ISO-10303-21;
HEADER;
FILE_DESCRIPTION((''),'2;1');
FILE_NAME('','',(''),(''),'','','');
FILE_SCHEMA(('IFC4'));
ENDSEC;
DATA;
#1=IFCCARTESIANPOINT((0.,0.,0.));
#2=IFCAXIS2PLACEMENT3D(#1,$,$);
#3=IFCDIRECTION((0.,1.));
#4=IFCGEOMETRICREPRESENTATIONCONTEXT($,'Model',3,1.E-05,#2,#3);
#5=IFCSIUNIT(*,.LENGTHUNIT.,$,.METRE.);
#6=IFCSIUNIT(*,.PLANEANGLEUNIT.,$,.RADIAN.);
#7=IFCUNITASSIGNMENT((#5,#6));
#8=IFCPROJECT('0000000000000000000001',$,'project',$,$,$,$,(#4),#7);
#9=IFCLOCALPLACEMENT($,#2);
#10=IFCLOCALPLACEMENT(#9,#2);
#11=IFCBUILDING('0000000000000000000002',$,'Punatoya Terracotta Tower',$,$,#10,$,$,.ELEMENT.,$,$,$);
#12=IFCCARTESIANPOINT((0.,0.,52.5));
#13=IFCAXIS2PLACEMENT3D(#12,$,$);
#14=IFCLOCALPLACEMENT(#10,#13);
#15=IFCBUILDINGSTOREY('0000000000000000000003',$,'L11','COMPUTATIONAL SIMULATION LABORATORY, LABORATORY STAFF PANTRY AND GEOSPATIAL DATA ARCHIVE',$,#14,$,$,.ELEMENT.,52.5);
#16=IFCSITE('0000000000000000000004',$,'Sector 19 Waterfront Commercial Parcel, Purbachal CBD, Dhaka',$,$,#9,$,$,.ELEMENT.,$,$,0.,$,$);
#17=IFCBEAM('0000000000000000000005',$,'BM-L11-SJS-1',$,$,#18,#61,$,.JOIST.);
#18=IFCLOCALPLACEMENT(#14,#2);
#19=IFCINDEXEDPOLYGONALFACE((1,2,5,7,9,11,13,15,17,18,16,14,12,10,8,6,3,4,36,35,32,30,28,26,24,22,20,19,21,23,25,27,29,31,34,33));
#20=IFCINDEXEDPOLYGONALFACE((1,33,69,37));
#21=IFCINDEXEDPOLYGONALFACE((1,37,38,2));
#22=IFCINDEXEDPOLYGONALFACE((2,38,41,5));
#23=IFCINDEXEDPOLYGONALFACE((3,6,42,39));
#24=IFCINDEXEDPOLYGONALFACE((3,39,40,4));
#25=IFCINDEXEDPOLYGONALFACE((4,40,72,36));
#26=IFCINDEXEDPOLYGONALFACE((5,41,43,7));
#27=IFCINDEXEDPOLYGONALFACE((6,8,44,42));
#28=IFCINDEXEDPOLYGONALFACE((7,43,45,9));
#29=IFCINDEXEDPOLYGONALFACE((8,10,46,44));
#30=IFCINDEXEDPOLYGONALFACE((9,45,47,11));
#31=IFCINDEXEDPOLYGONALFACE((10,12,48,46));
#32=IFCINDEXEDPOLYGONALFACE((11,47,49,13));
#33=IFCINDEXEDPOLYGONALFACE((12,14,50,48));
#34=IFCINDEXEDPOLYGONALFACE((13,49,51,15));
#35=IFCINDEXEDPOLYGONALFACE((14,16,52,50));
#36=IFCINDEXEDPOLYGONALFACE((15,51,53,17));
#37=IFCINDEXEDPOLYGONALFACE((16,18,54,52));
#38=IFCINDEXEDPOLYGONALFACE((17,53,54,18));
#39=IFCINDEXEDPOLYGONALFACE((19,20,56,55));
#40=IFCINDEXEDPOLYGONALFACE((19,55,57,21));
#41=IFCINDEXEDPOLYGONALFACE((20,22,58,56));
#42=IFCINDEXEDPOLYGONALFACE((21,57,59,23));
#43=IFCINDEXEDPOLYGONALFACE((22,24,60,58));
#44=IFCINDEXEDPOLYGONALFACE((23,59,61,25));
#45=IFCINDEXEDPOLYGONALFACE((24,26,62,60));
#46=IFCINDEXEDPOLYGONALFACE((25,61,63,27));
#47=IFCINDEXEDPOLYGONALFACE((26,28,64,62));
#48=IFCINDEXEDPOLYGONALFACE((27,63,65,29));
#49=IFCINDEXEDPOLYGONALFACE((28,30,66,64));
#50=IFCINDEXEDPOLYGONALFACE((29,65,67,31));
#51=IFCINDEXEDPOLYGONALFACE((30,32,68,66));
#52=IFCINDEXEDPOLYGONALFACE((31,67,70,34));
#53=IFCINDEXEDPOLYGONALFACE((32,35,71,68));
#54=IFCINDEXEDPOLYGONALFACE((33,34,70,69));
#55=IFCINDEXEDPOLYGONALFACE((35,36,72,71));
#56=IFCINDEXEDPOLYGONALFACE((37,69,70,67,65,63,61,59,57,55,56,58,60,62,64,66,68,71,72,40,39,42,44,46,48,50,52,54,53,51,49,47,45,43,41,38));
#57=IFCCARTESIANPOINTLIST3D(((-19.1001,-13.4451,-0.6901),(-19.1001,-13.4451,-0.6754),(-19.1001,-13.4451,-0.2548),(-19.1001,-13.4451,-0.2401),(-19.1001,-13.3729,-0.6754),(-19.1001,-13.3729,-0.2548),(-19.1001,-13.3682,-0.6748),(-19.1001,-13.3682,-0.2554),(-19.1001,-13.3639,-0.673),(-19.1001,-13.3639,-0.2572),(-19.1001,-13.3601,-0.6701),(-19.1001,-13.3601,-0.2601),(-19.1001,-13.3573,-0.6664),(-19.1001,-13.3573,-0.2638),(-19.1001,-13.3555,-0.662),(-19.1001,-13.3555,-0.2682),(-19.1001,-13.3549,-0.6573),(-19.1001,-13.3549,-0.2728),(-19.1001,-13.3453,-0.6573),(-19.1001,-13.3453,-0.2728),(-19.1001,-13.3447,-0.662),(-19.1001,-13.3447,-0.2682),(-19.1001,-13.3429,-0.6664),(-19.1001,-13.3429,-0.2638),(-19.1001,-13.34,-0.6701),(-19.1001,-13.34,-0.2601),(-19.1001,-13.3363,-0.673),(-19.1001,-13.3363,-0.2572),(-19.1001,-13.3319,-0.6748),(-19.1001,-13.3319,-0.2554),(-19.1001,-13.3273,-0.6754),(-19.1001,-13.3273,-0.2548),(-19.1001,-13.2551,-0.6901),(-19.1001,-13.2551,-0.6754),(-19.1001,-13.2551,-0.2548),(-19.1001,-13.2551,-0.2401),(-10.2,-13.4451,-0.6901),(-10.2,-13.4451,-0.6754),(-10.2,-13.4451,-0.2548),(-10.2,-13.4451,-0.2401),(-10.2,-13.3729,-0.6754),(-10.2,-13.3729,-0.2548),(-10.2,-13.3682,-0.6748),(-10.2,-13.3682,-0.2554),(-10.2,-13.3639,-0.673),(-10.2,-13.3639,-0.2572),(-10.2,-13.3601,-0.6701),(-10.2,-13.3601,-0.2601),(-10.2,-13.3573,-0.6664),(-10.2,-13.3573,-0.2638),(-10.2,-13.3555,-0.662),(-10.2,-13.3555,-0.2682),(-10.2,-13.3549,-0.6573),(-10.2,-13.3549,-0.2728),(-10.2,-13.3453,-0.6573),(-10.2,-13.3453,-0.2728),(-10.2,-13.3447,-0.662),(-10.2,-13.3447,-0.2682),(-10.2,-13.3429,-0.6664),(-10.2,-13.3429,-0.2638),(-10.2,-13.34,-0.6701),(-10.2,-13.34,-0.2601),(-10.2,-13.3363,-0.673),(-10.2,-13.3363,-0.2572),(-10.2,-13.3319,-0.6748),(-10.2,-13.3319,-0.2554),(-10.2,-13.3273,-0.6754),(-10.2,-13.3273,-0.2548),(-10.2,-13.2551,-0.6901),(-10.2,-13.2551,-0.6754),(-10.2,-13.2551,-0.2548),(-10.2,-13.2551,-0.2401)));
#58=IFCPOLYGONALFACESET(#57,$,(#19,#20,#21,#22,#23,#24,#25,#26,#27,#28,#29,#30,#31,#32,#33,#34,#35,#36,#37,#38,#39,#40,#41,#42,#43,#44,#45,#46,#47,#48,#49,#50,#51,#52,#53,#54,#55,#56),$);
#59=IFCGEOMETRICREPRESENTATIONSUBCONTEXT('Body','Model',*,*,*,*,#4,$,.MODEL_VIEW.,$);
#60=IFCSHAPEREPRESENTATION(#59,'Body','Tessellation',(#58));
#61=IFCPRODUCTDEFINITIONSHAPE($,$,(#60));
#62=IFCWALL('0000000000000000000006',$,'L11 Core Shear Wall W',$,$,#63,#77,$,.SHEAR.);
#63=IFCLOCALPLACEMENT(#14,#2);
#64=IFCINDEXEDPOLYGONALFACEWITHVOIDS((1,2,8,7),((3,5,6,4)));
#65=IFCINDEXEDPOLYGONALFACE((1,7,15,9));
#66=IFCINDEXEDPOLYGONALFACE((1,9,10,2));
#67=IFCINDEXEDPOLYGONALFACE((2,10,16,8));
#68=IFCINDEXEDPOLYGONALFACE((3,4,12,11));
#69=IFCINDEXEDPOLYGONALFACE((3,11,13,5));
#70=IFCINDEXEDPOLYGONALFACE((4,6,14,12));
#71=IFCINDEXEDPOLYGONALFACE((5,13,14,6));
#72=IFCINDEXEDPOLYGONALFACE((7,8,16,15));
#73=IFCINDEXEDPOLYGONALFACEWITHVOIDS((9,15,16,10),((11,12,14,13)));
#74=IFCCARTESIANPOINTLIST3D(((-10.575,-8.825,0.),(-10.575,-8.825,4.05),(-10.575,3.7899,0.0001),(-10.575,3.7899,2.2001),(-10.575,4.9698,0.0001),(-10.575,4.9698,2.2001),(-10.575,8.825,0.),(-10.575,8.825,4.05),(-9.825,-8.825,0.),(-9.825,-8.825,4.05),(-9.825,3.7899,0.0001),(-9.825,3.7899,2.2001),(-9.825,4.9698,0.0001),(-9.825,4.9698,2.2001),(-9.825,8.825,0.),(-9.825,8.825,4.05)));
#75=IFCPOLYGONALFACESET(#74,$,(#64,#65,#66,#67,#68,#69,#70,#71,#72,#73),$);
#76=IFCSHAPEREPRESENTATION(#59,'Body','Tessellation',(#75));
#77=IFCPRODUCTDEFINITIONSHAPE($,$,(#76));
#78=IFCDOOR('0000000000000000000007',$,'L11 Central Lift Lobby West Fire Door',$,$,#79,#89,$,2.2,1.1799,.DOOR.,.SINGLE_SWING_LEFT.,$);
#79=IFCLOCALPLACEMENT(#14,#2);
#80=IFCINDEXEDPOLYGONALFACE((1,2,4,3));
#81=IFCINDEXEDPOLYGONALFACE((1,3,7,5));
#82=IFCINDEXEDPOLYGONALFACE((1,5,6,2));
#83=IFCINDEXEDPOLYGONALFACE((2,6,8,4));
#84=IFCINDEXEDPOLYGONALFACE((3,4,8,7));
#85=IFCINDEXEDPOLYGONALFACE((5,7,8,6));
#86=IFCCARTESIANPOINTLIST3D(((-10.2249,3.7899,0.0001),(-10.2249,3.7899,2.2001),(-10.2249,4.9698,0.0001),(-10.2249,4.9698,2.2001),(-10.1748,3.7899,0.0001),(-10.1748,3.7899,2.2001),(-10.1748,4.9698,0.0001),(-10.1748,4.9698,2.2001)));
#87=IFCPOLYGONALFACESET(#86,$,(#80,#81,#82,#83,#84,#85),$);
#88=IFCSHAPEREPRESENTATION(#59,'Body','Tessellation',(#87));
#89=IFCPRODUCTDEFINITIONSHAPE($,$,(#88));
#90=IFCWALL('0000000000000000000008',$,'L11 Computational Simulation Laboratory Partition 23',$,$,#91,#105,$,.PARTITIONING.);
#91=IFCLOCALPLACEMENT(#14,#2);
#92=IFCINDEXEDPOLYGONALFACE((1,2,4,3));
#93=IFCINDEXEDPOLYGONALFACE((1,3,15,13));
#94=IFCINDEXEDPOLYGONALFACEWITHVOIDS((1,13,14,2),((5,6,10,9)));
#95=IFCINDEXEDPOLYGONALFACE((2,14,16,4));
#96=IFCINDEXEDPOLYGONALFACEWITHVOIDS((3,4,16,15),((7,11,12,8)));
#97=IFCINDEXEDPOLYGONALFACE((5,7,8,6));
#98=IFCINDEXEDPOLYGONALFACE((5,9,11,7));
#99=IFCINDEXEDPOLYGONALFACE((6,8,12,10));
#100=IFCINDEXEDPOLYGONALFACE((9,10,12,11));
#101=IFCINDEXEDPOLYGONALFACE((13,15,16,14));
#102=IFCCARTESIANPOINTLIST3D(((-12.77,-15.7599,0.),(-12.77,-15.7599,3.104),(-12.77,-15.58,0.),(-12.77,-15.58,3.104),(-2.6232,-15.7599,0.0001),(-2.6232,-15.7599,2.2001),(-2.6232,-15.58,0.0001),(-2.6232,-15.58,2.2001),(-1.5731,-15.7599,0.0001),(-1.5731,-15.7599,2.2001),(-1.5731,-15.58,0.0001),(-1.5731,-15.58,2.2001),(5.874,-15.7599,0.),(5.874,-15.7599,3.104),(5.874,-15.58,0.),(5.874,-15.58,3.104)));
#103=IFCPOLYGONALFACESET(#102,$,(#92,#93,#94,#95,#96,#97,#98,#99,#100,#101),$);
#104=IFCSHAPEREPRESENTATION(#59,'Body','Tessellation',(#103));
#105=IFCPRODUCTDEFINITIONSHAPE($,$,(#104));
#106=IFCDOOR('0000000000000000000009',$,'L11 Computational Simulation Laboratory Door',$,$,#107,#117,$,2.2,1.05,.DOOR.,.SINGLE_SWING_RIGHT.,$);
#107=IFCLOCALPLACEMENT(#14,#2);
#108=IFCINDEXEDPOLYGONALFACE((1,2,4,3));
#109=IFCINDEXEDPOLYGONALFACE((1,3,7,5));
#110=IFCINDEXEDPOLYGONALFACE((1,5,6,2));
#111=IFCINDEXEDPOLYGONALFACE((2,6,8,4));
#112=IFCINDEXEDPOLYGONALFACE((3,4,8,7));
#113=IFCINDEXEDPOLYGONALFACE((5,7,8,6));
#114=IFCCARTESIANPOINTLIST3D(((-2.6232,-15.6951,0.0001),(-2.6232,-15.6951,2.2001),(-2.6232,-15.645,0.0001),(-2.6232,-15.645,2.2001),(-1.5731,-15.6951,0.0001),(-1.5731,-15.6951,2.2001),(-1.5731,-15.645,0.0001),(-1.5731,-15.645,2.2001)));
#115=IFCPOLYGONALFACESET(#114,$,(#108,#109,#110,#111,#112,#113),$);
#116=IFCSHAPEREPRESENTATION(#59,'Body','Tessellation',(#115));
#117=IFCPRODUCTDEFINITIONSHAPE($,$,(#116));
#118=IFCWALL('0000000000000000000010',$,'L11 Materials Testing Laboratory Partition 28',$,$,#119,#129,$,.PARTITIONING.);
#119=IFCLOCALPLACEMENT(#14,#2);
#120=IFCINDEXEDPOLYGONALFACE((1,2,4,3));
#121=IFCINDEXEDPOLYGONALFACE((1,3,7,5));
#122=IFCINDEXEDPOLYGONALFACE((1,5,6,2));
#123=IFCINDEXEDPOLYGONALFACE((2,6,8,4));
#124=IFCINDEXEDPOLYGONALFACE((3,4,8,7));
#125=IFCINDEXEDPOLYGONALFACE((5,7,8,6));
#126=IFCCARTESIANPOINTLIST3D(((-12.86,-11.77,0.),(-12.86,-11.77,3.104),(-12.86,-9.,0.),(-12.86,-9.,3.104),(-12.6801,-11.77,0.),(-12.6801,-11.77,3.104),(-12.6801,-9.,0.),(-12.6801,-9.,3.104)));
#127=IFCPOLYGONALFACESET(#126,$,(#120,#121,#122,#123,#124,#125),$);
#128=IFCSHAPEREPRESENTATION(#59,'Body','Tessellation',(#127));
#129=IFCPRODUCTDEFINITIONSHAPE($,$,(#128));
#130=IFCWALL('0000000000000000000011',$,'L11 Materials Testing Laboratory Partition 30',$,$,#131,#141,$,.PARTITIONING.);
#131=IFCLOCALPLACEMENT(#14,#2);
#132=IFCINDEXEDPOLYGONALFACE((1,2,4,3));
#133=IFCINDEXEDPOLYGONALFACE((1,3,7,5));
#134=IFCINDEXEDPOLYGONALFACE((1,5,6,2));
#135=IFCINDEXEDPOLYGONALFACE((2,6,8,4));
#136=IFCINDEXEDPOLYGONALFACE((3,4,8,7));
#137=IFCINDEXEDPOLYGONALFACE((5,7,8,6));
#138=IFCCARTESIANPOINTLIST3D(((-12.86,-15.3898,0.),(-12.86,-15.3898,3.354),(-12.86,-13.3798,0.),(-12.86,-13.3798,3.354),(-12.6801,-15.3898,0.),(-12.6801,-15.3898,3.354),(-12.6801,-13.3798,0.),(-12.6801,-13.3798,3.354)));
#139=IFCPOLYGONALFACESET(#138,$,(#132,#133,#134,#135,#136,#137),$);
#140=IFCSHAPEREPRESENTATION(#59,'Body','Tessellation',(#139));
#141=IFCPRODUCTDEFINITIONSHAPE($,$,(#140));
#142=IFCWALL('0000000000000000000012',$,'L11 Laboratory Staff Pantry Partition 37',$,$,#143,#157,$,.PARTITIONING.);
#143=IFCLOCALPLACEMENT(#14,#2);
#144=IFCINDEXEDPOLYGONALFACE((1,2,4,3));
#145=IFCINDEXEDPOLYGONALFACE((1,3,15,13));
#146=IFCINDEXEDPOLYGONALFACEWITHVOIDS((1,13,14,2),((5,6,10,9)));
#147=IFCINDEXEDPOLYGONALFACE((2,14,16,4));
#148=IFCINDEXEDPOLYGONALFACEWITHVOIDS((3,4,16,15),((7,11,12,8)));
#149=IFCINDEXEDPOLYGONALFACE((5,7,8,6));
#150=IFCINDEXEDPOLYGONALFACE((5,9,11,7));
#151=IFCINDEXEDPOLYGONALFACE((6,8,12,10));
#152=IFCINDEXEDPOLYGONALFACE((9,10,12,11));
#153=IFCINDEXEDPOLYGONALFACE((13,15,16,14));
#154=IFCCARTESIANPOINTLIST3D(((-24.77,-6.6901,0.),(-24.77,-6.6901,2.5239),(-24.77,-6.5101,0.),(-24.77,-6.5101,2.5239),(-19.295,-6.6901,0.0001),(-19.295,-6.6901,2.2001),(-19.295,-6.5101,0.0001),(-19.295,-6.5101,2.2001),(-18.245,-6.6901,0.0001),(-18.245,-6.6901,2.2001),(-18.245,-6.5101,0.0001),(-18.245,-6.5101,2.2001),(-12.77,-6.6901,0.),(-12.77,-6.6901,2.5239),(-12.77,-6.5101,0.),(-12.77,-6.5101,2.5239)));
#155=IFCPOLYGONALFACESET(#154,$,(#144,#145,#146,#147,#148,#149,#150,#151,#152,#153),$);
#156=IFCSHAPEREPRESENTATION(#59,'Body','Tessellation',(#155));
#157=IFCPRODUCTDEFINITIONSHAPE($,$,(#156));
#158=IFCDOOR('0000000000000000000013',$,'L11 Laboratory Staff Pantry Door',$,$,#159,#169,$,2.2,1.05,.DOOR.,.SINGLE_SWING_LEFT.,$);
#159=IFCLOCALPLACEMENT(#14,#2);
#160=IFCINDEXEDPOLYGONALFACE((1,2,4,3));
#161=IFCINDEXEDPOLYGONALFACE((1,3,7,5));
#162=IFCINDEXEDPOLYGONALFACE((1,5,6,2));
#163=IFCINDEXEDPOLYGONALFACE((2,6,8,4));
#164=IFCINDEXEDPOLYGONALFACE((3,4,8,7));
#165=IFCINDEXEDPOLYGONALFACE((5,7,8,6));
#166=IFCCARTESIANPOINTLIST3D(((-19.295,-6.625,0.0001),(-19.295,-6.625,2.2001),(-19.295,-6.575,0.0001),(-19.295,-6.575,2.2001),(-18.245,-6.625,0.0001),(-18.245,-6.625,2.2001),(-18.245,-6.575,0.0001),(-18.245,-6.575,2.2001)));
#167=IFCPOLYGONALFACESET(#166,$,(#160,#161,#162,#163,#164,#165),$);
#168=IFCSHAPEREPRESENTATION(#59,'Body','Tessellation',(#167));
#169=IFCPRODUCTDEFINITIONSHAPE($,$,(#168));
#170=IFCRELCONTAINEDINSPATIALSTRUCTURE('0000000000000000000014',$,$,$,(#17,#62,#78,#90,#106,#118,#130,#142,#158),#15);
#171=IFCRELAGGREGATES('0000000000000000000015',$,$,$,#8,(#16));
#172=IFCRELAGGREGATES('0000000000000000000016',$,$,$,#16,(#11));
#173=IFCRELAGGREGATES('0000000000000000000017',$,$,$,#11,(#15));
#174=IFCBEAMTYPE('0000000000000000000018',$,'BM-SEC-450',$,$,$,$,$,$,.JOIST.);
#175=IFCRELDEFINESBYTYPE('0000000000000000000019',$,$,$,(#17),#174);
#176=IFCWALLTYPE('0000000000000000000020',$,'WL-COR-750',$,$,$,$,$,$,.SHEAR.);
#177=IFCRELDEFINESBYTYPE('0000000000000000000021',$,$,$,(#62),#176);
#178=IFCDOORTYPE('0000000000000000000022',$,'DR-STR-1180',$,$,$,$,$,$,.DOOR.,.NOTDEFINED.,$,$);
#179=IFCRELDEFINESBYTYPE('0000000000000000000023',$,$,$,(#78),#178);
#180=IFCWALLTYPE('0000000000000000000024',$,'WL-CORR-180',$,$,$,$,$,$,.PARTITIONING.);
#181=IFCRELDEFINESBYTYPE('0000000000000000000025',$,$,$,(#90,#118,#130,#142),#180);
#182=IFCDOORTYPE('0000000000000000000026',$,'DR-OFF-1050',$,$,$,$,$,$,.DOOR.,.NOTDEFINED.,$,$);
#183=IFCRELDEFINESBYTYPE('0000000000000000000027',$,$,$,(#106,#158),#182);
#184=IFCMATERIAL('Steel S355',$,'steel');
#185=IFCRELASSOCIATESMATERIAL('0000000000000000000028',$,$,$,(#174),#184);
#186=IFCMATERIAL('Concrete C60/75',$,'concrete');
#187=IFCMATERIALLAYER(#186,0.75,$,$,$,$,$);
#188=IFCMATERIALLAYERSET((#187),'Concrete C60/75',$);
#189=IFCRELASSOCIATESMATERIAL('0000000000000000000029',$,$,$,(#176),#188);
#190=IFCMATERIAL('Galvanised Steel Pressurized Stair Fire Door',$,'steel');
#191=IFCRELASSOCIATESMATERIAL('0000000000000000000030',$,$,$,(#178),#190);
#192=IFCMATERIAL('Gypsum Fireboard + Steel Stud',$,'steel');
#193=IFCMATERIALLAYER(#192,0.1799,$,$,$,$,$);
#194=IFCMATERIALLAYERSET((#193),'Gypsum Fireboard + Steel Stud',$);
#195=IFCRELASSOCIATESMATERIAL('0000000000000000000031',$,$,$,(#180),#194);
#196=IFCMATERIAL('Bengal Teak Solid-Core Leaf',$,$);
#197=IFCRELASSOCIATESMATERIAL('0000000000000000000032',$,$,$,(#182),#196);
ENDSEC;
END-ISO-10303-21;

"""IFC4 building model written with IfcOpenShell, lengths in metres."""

from ifc_helpers import new_model, si_unit, direction, frame, frame_2d, origin, origin_2d, place, context, subcontext, project, spatial, rectangle, i_section, extrude, material, layer, layer_set, material_profile, profile_set, type_object, element, fill, save


model = new_model("IFC4")

# Units and contexts
model_context = context("Model", 3, precision=1e-05, world=origin(), true_north=direction((0.0, 1.0)))
body_context = subcontext(model_context, "Body", "Model", "MODEL_VIEW")
ifc_project = project(units=[si_unit("LENGTHUNIT", "METRE"), si_unit("PLANEANGLEUNIT", "RADIAN")], contexts=[model_context])

# Site, building, storey
site_placement = place(None, origin())
site = spatial("IfcSite", under=ifc_project, at=site_placement, Name="Sector 19 Waterfront Commercial Parcel, Purbachal CBD, Dhaka", CompositionType="ELEMENT", RefElevation=0.0)
building_placement = place(site_placement, origin())
building = spatial("IfcBuilding", under=site, at=building_placement, Name="Punatoya Terracotta Tower", CompositionType="ELEMENT")
storey_placement = place(building_placement, frame((0.0, 0.0, 52.5)))
storey = spatial("IfcBuildingStorey", under=building, at=storey_placement, Name="L11", Description="COMPUTATIONAL SIMULATION LABORATORY, LABORATORY STAFF PANTRY AND GEOSPATIAL DATA ARCHIVE", CompositionType="ELEMENT", Elevation=52.5)

# Beam
ifc_material_1 = material(Name="Steel S355", Category="steel")
ifc_material_2 = material(Name="Concrete C60/75", Category="concrete")
ifc_material_profile_1 = material_profile(ifc_material_1, i_section(OverallWidth=0.1899, OverallDepth=0.45, WebThickness=0.0095, FlangeThickness=0.0146, FilletRadius=0.0181, at=origin_2d()))
ifc_profile_set_1 = profile_set([ifc_material_profile_1], Name="Steel S355")
beam_type_1 = type_object("IfcBeamType", Name="BM-SEC-450", PredefinedType="JOIST", material=ifc_profile_set_1)
beam_1_placement = place(storey_placement, frame((-19.1001, -13.3501, -0.4651), z_axis=(1.0, 0.0, 0.0), x_axis=(0.0, 1.0, 0.0)))
element("IfcBeam", 1, at=beam_1_placement, inside=storey, type_object=beam_type_1, Name="BM-L11-SJS-1", PredefinedType="JOIST", context=body_context, shape_type="SweptSolid", body=[
    extrude(i_section(OverallWidth=0.1899, OverallDepth=0.45, WebThickness=0.0095, FlangeThickness=0.0146, FilletRadius=0.0181, at=origin_2d()), origin(), (0.0, 0.0, 1.0), 8.9001),
])

# Walls, openings, doors
ifc_layer_1 = layer(ifc_material_2, 0.75)
ifc_layer_set_1 = layer_set([ifc_layer_1], Name="Concrete C60/75")
wall_type_1 = type_object("IfcWallType", Name="WL-COR-750", PredefinedType="SHEAR", material=ifc_layer_set_1)
wall_1_placement = place(storey_placement, frame((-10.2, -8.825, 0.0), z_axis=(0.0, 0.0, 1.0), x_axis=(0.0, 1.0, 0.0)))
wall_1 = element("IfcWall", 2, at=wall_1_placement, inside=storey, type_object=wall_type_1, Name="L11 Core Shear Wall W", PredefinedType="SHEAR", context=body_context, shape_type="SweptSolid", body=[
    extrude(rectangle(XDim=17.6499, YDim=0.75, at=frame_2d((8.825, 0.0))), origin(), (0.0, 0.0, 1.0), 4.05),
])
opening_1_placement = place(wall_1_placement, frame((12.615, 0.0, 0.0)))
opening_1 = element("IfcOpeningElement", 3, at=opening_1_placement, cuts=wall_1, PredefinedType="OPENING", context=body_context, shape_type="SweptSolid", body=[
    extrude(rectangle(XDim=1.1799, YDim=2.2, at=frame_2d((0.5898, 1.1001))), frame((0.0, 0.385, 0.0), z_axis=(0.0, -1.0, 0.0), x_axis=(1.0, 0.0, 0.0)), (0.0, 0.0, 1.0), 0.77),
])
ifc_material_3 = material(Name="Galvanised Steel Pressurized Stair Fire Door", Category="steel")
door_type_1 = type_object("IfcDoorType", Name="DR-STR-1180", OperationType="NOTDEFINED", PredefinedType="DOOR", material=ifc_material_3)
door_1_placement = place(opening_1_placement, origin())
door_1 = element("IfcDoor", 4, at=door_1_placement, inside=storey, type_object=door_type_1, Name="L11 Central Lift Lobby West Fire Door", OperationType="SINGLE_SWING_LEFT", OverallHeight=2.2, OverallWidth=1.1799, PredefinedType="DOOR", context=body_context, shape_type="SweptSolid", body=[
    extrude(rectangle(XDim=1.1799, YDim=2.2, at=frame_2d((0.5898, 1.1001))), frame((0.0, 0.0249, 0.0), z_axis=(0.0, -1.0, 0.0), x_axis=(1.0, 0.0, 0.0)), (0.0, 0.0, 1.0), 0.05),
])
fill(opening_1, door_1)
ifc_material_4 = material(Name="Gypsum Fireboard + Steel Stud", Category="steel")
ifc_layer_2 = layer(ifc_material_4, 0.1799)
ifc_layer_set_2 = layer_set([ifc_layer_2], Name="Gypsum Fireboard + Steel Stud")
wall_type_2 = type_object("IfcWallType", Name="WL-CORR-180", PredefinedType="PARTITIONING", material=ifc_layer_set_2)
wall_2_placement = place(storey_placement, frame((-12.77, -15.6699, 0.0), z_axis=(0.0, 0.0, 1.0), x_axis=(1.0, 0.0, 0.0)))
wall_2 = element("IfcWall", 5, at=wall_2_placement, inside=storey, type_object=wall_type_2, Name="L11 Computational Simulation Laboratory Partition 23", PredefinedType="PARTITIONING", context=body_context, shape_type="SweptSolid", body=[
    extrude(rectangle(XDim=18.644, YDim=0.1799, at=frame_2d((9.322, 0.0))), origin(), (0.0, 0.0, 1.0), 3.104),
])
opening_2_placement = place(wall_2_placement, frame((10.147, 0.0, 0.0)))
opening_2 = element("IfcOpeningElement", 6, at=opening_2_placement, cuts=wall_2, PredefinedType="OPENING", context=body_context, shape_type="SweptSolid", body=[
    extrude(rectangle(XDim=1.05, YDim=2.2, at=frame_2d((0.5249, 1.1001))), frame((0.0, 0.0999, 0.0), z_axis=(0.0, -1.0, 0.0), x_axis=(1.0, 0.0, 0.0)), (0.0, 0.0, 1.0), 0.2),
])
ifc_material_5 = material(Name="Bengal Teak Solid-Core Leaf")
door_type_2 = type_object("IfcDoorType", Name="DR-OFF-1050", OperationType="NOTDEFINED", PredefinedType="DOOR", material=ifc_material_5)
door_2_placement = place(opening_2_placement, origin())
door_2 = element("IfcDoor", 7, at=door_2_placement, inside=storey, type_object=door_type_2, Name="L11 Computational Simulation Laboratory Door", OperationType="SINGLE_SWING_RIGHT", OverallHeight=2.2, OverallWidth=1.05, PredefinedType="DOOR", context=body_context, shape_type="SweptSolid", body=[
    extrude(rectangle(XDim=1.05, YDim=2.2, at=frame_2d((0.5249, 1.1001))), frame((0.0, 0.0249, 0.0), z_axis=(0.0, -1.0, 0.0), x_axis=(1.0, 0.0, 0.0)), (0.0, 0.0, 1.0), 0.05),
])
fill(opening_2, door_2)

# Walls
wall_3_placement = place(storey_placement, frame((-12.77, -9.0, 0.0), z_axis=(0.0, 0.0, 1.0), x_axis=(0.0, -1.0, 0.0)))
element("IfcWall", 8, at=wall_3_placement, inside=storey, type_object=wall_type_2, Name="L11 Materials Testing Laboratory Partition 28", PredefinedType="PARTITIONING", context=body_context, shape_type="SweptSolid", body=[
    extrude(rectangle(XDim=2.77, YDim=0.1799, at=frame_2d((1.385, 0.0))), origin(), (0.0, 0.0, 1.0), 3.104),
])
wall_4_placement = place(storey_placement, frame((-12.77, -13.3799, 0.0), z_axis=(0.0, 0.0, 1.0), x_axis=(0.0, -1.0, 0.0)))
element("IfcWall", 9, at=wall_4_placement, inside=storey, type_object=wall_type_2, Name="L11 Materials Testing Laboratory Partition 30", PredefinedType="PARTITIONING", context=body_context, shape_type="SweptSolid", body=[
    extrude(rectangle(XDim=2.01, YDim=0.1799, at=frame_2d((1.0049, 0.0))), origin(), (0.0, 0.0, 1.0), 3.354),
])

# Wall, opening, door
wall_5_placement = place(storey_placement, frame((-12.77, -6.6001, 0.0), z_axis=(0.0, 0.0, 1.0), x_axis=(-1.0, 0.0, 0.0)))
wall_5 = element("IfcWall", 10, at=wall_5_placement, inside=storey, type_object=wall_type_2, Name="L11 Laboratory Staff Pantry Partition 37", PredefinedType="PARTITIONING", context=body_context, shape_type="SweptSolid", body=[
    extrude(rectangle(XDim=12.0, YDim=0.1799, at=frame_2d((6.0, 0.0))), origin(), (0.0, 0.0, 1.0), 2.5239),
])
opening_3_placement = place(wall_5_placement, frame((5.4751, 0.0, 0.0)))
opening_3 = element("IfcOpeningElement", 11, at=opening_3_placement, cuts=wall_5, PredefinedType="OPENING", context=body_context, shape_type="SweptSolid", body=[
    extrude(rectangle(XDim=1.05, YDim=2.2, at=frame_2d((0.5249, 1.1001))), frame((0.0, 0.0999, 0.0), z_axis=(0.0, -1.0, 0.0), x_axis=(1.0, 0.0, 0.0)), (0.0, 0.0, 1.0), 0.2),
])
door_3_placement = place(opening_3_placement, origin())
door_3 = element("IfcDoor", 12, at=door_3_placement, inside=storey, type_object=door_type_2, Name="L11 Laboratory Staff Pantry Door", OperationType="SINGLE_SWING_LEFT", OverallHeight=2.2, OverallWidth=1.05, PredefinedType="DOOR", context=body_context, shape_type="SweptSolid", body=[
    extrude(rectangle(XDim=1.05, YDim=2.2, at=frame_2d((0.5249, 1.1001))), frame((0.0, 0.0249, 0.0), z_axis=(0.0, -1.0, 0.0), x_axis=(1.0, 0.0, 0.0)), (0.0, 0.0, 1.0), 0.05),
])
fill(opening_3, door_3)

save(model, "model.ifc")
